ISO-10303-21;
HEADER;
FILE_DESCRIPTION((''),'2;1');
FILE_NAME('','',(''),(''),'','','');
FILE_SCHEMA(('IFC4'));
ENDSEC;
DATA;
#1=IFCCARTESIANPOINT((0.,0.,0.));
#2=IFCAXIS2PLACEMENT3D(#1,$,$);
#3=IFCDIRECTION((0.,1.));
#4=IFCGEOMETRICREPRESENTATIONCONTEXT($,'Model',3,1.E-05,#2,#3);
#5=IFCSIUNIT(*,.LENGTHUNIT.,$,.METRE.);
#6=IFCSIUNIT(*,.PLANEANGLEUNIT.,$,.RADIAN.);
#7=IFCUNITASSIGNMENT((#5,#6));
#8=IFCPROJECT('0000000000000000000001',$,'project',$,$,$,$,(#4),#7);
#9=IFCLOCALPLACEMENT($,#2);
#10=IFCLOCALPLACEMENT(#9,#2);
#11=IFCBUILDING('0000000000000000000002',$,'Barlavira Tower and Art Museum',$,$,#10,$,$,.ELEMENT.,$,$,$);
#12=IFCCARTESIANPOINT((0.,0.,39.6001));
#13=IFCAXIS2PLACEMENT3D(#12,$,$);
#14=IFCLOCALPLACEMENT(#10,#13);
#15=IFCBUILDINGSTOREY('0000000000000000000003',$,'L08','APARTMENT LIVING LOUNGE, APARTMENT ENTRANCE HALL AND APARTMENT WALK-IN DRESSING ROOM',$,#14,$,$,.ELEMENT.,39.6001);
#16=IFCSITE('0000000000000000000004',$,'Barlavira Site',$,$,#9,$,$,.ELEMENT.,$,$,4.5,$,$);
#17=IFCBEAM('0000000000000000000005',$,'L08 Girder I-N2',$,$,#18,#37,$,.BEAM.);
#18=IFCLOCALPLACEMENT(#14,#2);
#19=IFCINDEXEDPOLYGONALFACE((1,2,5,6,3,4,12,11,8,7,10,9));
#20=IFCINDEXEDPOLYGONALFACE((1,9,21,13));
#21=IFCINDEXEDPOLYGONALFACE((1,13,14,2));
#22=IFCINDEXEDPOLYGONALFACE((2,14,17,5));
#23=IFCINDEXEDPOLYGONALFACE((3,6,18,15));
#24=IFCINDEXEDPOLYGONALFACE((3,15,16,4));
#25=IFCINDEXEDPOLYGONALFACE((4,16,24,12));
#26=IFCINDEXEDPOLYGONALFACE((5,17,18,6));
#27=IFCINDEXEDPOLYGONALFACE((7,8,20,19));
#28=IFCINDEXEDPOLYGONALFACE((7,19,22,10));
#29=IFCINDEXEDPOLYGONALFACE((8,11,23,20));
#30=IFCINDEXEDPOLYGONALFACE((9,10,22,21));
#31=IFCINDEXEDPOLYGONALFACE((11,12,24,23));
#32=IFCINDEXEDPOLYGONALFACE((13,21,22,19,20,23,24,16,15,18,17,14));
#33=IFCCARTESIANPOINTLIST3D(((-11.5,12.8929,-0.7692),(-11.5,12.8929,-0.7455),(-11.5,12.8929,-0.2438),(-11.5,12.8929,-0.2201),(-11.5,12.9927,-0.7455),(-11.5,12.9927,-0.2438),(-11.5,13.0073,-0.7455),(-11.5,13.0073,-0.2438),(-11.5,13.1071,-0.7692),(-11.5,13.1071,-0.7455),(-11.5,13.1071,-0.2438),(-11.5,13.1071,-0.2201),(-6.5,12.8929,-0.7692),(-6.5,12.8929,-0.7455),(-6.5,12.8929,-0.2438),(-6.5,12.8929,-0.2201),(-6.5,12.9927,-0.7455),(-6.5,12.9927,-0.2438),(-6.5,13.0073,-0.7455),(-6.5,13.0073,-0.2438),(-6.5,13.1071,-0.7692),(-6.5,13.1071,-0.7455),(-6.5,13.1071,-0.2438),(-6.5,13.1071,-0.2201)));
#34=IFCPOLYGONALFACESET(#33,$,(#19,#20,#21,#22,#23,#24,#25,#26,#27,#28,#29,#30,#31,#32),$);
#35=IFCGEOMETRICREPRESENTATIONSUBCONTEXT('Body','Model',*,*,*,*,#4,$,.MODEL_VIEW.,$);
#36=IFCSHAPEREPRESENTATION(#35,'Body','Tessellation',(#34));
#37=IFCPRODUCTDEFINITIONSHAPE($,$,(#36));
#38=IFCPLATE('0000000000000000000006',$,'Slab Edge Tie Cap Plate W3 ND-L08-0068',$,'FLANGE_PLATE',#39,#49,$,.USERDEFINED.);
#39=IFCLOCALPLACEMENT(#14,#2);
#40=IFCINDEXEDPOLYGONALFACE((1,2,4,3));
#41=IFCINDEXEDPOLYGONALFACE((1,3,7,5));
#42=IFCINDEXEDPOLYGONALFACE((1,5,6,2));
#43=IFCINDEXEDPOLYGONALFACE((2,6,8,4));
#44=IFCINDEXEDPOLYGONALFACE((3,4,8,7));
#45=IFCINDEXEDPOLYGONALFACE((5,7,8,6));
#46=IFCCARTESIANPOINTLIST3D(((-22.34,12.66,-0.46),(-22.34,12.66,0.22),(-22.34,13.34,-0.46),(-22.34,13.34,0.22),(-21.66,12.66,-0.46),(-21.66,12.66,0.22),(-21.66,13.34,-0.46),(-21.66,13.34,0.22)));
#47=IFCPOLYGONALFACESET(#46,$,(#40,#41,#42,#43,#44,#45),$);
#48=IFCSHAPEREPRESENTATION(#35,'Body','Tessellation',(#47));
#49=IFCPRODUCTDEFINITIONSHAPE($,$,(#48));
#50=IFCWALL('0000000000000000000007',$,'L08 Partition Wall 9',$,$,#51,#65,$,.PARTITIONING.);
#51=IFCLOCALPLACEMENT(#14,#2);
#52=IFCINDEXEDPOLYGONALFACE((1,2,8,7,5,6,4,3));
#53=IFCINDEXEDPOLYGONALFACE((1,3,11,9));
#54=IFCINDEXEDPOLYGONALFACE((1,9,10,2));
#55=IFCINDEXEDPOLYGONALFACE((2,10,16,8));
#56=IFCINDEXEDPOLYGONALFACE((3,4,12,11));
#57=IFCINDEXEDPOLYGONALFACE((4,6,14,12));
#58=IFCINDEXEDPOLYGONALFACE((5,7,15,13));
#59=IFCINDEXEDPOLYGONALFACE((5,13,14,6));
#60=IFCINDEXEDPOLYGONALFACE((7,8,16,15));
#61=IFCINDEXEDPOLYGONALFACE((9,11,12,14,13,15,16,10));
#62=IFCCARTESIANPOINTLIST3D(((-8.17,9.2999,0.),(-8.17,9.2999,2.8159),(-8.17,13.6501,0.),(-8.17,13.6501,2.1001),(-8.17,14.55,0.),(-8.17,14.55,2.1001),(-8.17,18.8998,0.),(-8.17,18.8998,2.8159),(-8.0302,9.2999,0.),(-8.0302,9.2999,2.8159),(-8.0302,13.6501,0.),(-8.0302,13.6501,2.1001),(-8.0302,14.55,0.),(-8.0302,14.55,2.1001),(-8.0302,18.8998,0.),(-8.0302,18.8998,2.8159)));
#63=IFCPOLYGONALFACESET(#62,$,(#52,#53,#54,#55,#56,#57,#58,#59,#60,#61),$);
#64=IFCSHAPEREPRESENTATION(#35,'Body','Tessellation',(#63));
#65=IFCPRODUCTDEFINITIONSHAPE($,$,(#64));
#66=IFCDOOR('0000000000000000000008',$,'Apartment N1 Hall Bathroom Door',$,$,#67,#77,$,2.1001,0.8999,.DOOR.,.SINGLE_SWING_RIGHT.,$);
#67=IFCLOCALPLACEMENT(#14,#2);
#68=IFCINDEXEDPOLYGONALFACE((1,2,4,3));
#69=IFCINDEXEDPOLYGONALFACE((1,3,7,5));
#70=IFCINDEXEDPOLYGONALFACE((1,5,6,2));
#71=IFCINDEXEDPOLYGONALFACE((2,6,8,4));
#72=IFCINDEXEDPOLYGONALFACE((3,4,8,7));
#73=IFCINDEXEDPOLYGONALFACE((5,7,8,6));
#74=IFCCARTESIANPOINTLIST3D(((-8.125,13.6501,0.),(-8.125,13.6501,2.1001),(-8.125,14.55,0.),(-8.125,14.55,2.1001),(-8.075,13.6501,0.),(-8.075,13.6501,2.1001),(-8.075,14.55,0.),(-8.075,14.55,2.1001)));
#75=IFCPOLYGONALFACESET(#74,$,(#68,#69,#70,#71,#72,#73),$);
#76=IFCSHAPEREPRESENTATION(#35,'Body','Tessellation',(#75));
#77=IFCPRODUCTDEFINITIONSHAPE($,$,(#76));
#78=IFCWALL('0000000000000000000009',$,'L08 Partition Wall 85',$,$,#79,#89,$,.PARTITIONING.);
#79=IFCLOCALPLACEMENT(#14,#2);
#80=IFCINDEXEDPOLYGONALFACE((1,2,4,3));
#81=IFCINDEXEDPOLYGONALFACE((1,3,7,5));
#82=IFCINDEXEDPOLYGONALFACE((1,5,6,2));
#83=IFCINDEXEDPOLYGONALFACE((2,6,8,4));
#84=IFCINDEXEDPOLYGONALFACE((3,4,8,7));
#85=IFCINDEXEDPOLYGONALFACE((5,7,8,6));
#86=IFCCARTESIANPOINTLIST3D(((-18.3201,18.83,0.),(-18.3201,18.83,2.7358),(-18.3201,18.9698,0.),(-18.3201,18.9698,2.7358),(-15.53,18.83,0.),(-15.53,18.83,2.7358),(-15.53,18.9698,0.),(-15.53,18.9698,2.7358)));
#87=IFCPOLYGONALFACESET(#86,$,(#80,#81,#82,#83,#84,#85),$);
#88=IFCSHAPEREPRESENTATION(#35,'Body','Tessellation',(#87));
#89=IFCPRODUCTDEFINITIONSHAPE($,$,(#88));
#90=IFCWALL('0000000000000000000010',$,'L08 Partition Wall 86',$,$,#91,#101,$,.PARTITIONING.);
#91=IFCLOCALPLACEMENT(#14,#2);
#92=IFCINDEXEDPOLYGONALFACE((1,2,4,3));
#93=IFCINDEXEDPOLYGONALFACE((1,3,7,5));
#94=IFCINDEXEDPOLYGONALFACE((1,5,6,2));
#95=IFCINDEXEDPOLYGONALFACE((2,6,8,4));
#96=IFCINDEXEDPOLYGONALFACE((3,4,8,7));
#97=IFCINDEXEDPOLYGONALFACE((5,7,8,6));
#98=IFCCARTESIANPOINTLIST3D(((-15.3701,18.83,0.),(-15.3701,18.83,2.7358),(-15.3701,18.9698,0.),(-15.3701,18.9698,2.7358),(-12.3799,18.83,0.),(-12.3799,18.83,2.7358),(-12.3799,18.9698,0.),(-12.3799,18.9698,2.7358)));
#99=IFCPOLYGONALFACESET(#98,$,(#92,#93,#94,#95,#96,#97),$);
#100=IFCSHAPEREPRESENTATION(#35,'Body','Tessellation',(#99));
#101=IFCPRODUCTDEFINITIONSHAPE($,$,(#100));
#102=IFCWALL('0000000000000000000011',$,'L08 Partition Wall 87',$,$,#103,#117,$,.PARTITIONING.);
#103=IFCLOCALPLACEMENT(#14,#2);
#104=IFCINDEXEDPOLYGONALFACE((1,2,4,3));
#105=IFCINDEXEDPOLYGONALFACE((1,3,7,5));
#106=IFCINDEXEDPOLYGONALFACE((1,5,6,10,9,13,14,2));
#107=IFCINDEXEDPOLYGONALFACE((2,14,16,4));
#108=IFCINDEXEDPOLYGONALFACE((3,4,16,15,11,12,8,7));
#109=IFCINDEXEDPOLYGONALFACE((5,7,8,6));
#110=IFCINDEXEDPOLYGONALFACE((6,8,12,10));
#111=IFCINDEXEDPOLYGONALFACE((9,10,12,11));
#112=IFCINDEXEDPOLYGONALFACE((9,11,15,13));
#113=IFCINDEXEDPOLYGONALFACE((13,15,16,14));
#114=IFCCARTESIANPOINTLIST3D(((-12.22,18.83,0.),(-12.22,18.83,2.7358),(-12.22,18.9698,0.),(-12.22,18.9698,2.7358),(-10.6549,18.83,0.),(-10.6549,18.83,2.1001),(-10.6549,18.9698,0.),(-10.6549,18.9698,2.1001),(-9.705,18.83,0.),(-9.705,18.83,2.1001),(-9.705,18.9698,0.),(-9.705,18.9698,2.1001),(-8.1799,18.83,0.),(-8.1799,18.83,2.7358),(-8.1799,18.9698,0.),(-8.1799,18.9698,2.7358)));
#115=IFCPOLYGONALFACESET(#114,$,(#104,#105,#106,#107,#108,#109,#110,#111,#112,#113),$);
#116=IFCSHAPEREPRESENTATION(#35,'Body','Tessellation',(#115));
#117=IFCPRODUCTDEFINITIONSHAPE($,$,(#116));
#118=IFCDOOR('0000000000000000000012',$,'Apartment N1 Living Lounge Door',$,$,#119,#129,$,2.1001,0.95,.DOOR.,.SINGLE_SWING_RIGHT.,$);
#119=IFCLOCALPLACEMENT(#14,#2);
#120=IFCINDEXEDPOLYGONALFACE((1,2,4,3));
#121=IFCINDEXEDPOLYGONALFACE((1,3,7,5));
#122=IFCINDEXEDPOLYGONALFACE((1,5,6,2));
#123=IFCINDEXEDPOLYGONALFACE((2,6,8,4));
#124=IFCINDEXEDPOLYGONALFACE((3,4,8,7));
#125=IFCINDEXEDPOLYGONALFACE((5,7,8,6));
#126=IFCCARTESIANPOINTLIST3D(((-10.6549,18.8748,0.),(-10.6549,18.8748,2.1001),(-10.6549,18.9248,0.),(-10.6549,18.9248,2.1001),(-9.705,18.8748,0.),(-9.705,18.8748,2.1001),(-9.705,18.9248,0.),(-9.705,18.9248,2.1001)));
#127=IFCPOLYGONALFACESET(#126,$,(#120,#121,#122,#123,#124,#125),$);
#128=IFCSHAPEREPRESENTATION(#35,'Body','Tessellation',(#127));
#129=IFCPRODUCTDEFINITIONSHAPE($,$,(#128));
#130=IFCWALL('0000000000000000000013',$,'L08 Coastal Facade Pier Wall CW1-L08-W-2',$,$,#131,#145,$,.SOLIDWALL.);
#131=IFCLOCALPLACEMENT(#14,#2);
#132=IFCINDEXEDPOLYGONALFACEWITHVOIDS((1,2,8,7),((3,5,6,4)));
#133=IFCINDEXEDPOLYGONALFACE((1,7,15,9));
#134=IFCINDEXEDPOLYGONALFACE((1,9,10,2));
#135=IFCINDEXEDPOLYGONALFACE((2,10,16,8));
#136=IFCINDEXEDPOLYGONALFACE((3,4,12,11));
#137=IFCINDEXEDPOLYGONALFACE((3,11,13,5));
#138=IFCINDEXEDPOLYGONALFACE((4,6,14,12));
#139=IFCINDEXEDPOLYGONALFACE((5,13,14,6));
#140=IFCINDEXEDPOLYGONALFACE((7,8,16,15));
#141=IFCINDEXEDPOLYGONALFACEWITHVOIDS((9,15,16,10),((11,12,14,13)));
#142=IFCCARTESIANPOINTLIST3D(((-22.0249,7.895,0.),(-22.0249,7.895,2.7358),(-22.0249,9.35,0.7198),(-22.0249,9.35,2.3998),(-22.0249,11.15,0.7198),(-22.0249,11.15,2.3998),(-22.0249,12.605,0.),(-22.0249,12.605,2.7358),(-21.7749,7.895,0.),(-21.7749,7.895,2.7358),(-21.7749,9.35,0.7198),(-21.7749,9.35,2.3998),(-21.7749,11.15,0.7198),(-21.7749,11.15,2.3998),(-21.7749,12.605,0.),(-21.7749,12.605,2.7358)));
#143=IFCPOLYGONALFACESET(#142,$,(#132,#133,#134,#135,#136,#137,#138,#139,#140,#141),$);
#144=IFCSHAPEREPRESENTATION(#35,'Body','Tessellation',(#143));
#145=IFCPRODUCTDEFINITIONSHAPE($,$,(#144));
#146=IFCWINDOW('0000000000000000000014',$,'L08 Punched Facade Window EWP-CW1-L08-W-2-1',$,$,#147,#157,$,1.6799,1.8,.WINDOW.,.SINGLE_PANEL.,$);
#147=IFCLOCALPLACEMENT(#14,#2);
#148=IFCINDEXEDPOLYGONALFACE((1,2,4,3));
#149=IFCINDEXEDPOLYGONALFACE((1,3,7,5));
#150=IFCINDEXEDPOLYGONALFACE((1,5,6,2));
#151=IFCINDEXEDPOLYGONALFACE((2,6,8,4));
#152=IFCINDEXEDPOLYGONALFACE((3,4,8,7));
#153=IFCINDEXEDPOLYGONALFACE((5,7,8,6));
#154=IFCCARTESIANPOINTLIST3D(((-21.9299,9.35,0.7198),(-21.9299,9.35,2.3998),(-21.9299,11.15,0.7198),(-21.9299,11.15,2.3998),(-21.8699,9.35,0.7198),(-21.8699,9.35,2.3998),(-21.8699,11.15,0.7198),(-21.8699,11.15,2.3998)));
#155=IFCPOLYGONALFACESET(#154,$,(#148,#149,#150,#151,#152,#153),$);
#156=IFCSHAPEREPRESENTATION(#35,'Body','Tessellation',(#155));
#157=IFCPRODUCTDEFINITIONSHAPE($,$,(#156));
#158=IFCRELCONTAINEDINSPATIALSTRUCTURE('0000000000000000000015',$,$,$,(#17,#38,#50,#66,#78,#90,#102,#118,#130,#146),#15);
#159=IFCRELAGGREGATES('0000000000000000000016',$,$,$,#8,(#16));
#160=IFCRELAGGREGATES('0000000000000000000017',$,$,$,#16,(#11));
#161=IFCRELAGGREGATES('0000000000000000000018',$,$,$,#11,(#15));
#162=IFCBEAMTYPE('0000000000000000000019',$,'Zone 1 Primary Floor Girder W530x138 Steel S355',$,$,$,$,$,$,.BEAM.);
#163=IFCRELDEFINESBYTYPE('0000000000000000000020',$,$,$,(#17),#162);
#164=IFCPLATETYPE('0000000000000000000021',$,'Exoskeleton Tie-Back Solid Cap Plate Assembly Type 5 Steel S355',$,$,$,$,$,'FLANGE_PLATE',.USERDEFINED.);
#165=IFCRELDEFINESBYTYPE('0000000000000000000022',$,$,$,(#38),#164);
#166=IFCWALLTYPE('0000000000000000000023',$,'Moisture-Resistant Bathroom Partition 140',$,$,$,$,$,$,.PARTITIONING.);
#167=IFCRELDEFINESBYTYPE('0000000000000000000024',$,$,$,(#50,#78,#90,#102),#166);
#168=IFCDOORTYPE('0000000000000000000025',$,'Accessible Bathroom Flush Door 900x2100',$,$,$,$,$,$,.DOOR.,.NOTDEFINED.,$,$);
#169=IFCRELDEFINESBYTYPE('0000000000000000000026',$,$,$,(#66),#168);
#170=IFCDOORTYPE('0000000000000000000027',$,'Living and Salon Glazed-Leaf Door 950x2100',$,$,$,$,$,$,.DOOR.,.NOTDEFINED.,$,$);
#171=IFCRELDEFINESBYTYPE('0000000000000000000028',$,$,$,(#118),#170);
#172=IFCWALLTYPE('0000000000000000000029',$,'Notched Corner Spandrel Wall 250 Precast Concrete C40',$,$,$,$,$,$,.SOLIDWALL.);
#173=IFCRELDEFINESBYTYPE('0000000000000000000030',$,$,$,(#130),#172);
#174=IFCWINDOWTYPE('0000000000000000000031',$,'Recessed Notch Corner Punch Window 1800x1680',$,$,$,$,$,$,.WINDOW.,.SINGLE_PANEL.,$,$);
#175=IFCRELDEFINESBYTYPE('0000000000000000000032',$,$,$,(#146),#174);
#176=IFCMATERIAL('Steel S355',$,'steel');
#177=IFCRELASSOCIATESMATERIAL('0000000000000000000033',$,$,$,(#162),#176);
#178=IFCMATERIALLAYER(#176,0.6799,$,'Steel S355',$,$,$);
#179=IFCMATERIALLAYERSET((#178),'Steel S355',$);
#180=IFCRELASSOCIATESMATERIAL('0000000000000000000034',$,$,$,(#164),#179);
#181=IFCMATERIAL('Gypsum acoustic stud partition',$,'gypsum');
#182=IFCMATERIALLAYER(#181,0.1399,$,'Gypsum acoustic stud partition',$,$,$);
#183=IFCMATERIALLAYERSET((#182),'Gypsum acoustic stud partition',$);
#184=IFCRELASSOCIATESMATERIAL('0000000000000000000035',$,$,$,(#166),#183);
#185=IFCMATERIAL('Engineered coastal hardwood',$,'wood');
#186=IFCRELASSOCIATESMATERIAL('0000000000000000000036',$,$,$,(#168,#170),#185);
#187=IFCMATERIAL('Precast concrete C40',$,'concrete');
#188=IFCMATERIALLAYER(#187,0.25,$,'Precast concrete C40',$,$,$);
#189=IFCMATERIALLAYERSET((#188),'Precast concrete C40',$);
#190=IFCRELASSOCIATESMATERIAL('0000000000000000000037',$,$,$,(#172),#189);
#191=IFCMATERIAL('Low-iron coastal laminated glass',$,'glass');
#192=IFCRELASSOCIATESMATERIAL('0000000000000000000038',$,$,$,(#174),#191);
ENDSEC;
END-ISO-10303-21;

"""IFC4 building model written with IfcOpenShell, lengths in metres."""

from ifc_helpers import new_model, si_unit, direction, frame, frame_2d, origin, origin_2d, place, context, subcontext, project, spatial, rectangle, i_section, extrude, material, layer, layer_set, material_profile, profile_set, type_object, element, fill, save


model = new_model("IFC4")

# Units and contexts
model_context = context("Model", 3, precision=1e-05, world=origin(), true_north=direction((0.0, 1.0)))
body_context = subcontext(model_context, "Body", "Model", "MODEL_VIEW")
ifc_project = project(units=[si_unit("LENGTHUNIT", "METRE"), si_unit("PLANEANGLEUNIT", "RADIAN")], contexts=[model_context])

# Site, building, storey
site_placement = place(None, origin())
site = spatial("IfcSite", under=ifc_project, at=site_placement, Name="Barlavira Site", CompositionType="ELEMENT", RefElevation=4.5)
building_placement = place(site_placement, origin())
building = spatial("IfcBuilding", under=site, at=building_placement, Name="Barlavira Tower and Art Museum", CompositionType="ELEMENT")
storey_placement = place(building_placement, frame((0.0, 0.0, 39.6001)))
storey = spatial("IfcBuildingStorey", under=building, at=storey_placement, Name="L08", Description="APARTMENT LIVING LOUNGE, APARTMENT ENTRANCE HALL AND APARTMENT WALK-IN DRESSING ROOM", CompositionType="ELEMENT", Elevation=39.6001)

# Shared definitions
ifc_material_1 = material(Name="Steel S355", Category="steel")

# Beam
ifc_material_profile_1 = material_profile(ifc_material_1, i_section(OverallWidth=0.2141, OverallDepth=0.5491, WebThickness=0.0146, FlangeThickness=0.0237, at=origin_2d()), Name="W530x138.0")
ifc_profile_set_1 = profile_set([ifc_material_profile_1], Name="Steel S355")
beam_type = type_object("IfcBeamType", Name="Zone 1 Primary Floor Girder W530x138 Steel S355", PredefinedType="BEAM", material=ifc_profile_set_1)
beam_1_placement = place(storey_placement, frame((-11.5, 13.0, -0.4946), z_axis=(1.0, 0.0, 0.0), x_axis=(0.0, 1.0, 0.0)))
element("IfcBeam", 1, at=beam_1_placement, inside=storey, type_object=beam_type, Name="L08 Girder I-N2", PredefinedType="BEAM", context=body_context, shape_type="SweptSolid", body=[
    extrude(i_section(OverallWidth=0.2141, OverallDepth=0.5491, WebThickness=0.0146, FlangeThickness=0.0237, at=origin_2d()), origin(), (0.0, 0.0, 1.0), 5.0),
])

# Plate
ifc_layer_1 = layer(ifc_material_1, 0.6799, Name="Steel S355")
ifc_layer_set_1 = layer_set([ifc_layer_1], Name="Steel S355")
plate_type = type_object("IfcPlateType", Name="Exoskeleton Tie-Back Solid Cap Plate Assembly Type 5 Steel S355", ElementType="FLANGE_PLATE", PredefinedType="USERDEFINED", material=ifc_layer_set_1)
plate_placement = place(storey_placement, frame((-22.0, 13.0, -0.46), z_axis=(0.0, 0.0, 1.0), x_axis=(1.0, 0.0, 0.0)))
element("IfcPlate", 2, at=plate_placement, inside=storey, type_object=plate_type, Name="Slab Edge Tie Cap Plate W3 ND-L08-0068", ObjectType="FLANGE_PLATE", PredefinedType="USERDEFINED", context=body_context, shape_type="SweptSolid", body=[
    extrude(rectangle(XDim=0.6799, YDim=0.6799, at=origin_2d()), origin(), (0.0, 0.0, 1.0), 0.6799),
])

# Wall, opening, door
ifc_material_2 = material(Name="Gypsum acoustic stud partition", Category="gypsum")
ifc_layer_2 = layer(ifc_material_2, 0.1399, Name="Gypsum acoustic stud partition")
ifc_layer_set_2 = layer_set([ifc_layer_2], Name="Gypsum acoustic stud partition")
wall_type_1 = type_object("IfcWallType", Name="Moisture-Resistant Bathroom Partition 140", PredefinedType="PARTITIONING", material=ifc_layer_set_2)
wall_1_placement = place(storey_placement, frame((-8.1001, 9.3, 0.0), z_axis=(0.0, 0.0, 1.0), x_axis=(0.0, 1.0, 0.0)))
wall_1 = element("IfcWall", 3, at=wall_1_placement, inside=storey, type_object=wall_type_1, Name="L08 Partition Wall 9", PredefinedType="PARTITIONING", context=body_context, shape_type="SweptSolid", body=[
    extrude(rectangle(XDim=9.5999, YDim=0.1399, at=frame_2d((4.7998, 0.0))), origin(), (0.0, 0.0, 1.0), 2.8159),
])
opening_1_placement = place(wall_1_placement, frame((4.3501, 0.0, 0.0)))
opening_1 = element("IfcOpeningElement", 4, at=opening_1_placement, cuts=wall_1, PredefinedType="OPENING", context=body_context, shape_type="SweptSolid", body=[
    extrude(rectangle(XDim=0.8999, YDim=2.1001, at=frame_2d((0.45, 1.05))), frame((0.0, 0.0801, 0.0), z_axis=(0.0, -1.0, 0.0), x_axis=(1.0, 0.0, 0.0)), (0.0, 0.0, 1.0), 0.1599),
])
ifc_material_3 = material(Name="Engineered coastal hardwood", Category="wood")
door_type_1 = type_object("IfcDoorType", Name="Accessible Bathroom Flush Door 900x2100", OperationType="NOTDEFINED", PredefinedType="DOOR", material=ifc_material_3)
door_1_placement = place(opening_1_placement, origin())
door_1 = element("IfcDoor", 5, at=door_1_placement, inside=storey, type_object=door_type_1, Name="Apartment N1 Hall Bathroom Door", OperationType="SINGLE_SWING_RIGHT", OverallHeight=2.1001, OverallWidth=0.8999, PredefinedType="DOOR", context=body_context, shape_type="SweptSolid", body=[
    extrude(rectangle(XDim=0.8999, YDim=2.1001, at=frame_2d((0.45, 1.05))), frame((0.0, 0.0249, 0.0), z_axis=(0.0, -1.0, 0.0), x_axis=(1.0, 0.0, 0.0)), (0.0, 0.0, 1.0), 0.05),
])
fill(opening_1, door_1)

# Walls
wall_2_placement = place(storey_placement, frame((-18.3201, 18.8999, 0.0), z_axis=(0.0, 0.0, 1.0), x_axis=(1.0, 0.0, 0.0)))
element("IfcWall", 6, at=wall_2_placement, inside=storey, type_object=wall_type_1, Name="L08 Partition Wall 85", PredefinedType="PARTITIONING", context=body_context, shape_type="SweptSolid", body=[
    extrude(rectangle(XDim=2.79, YDim=0.1399, at=frame_2d((1.395, 0.0))), origin(), (0.0, 0.0, 1.0), 2.7358),
])
wall_3_placement = place(storey_placement, frame((-15.3701, 18.8999, 0.0), z_axis=(0.0, 0.0, 1.0), x_axis=(1.0, 0.0, 0.0)))
element("IfcWall", 7, at=wall_3_placement, inside=storey, type_object=wall_type_1, Name="L08 Partition Wall 86", PredefinedType="PARTITIONING", context=body_context, shape_type="SweptSolid", body=[
    extrude(rectangle(XDim=2.9902, YDim=0.1399, at=frame_2d((1.4951, 0.0))), origin(), (0.0, 0.0, 1.0), 2.7358),
])

# Wall, opening, door
wall_4_placement = place(storey_placement, frame((-12.22, 18.8999, 0.0), z_axis=(0.0, 0.0, 1.0), x_axis=(1.0, 0.0, 0.0)))
wall_4 = element("IfcWall", 8, at=wall_4_placement, inside=storey, type_object=wall_type_1, Name="L08 Partition Wall 87", PredefinedType="PARTITIONING", context=body_context, shape_type="SweptSolid", body=[
    extrude(rectangle(XDim=4.04, YDim=0.1399, at=frame_2d((2.02, 0.0))), origin(), (0.0, 0.0, 1.0), 2.7358),
])
opening_2_placement = place(wall_4_placement, frame((1.5649, 0.0, 0.0)))
opening_2 = element("IfcOpeningElement", 9, at=opening_2_placement, cuts=wall_4, PredefinedType="OPENING", context=body_context, shape_type="SweptSolid", body=[
    extrude(rectangle(XDim=0.95, YDim=2.1001, at=frame_2d((0.4751, 1.05))), frame((0.0, 0.0801, 0.0), z_axis=(0.0, -1.0, 0.0), x_axis=(1.0, 0.0, 0.0)), (0.0, 0.0, 1.0), 0.1599),
])
door_type_2 = type_object("IfcDoorType", Name="Living and Salon Glazed-Leaf Door 950x2100", OperationType="NOTDEFINED", PredefinedType="DOOR", material=ifc_material_3)
door_2_placement = place(opening_2_placement, origin())
door_2 = element("IfcDoor", 10, at=door_2_placement, inside=storey, type_object=door_type_2, Name="Apartment N1 Living Lounge Door", OperationType="SINGLE_SWING_RIGHT", OverallHeight=2.1001, OverallWidth=0.95, PredefinedType="DOOR", context=body_context, shape_type="SweptSolid", body=[
    extrude(rectangle(XDim=0.95, YDim=2.1001, at=frame_2d((0.4751, 1.05))), frame((0.0, 0.0249, 0.0), z_axis=(0.0, -1.0, 0.0), x_axis=(1.0, 0.0, 0.0)), (0.0, 0.0, 1.0), 0.05),
])
fill(opening_2, door_2)

# Wall, opening, window
ifc_material_4 = material(Name="Precast concrete C40", Category="concrete")
ifc_layer_3 = layer(ifc_material_4, 0.25, Name="Precast concrete C40")
ifc_layer_set_3 = layer_set([ifc_layer_3], Name="Precast concrete C40")
wall_type_2 = type_object("IfcWallType", Name="Notched Corner Spandrel Wall 250 Precast Concrete C40", PredefinedType="SOLIDWALL", material=ifc_layer_set_3)
wall_5_placement = place(storey_placement, frame((-21.8999, 12.605, 0.0), z_axis=(0.0, 0.0, 1.0), x_axis=(0.0, -1.0, 0.0)))
wall_5 = element("IfcWall", 11, at=wall_5_placement, inside=storey, type_object=wall_type_2, Name="L08 Coastal Facade Pier Wall CW1-L08-W-2", PredefinedType="SOLIDWALL", context=body_context, shape_type="SweptSolid", body=[
    extrude(rectangle(XDim=4.71, YDim=0.25, at=frame_2d((2.355, 0.0))), origin(), (0.0, 0.0, 1.0), 2.7358),
])
opening_3_placement = place(wall_5_placement, frame((1.4551, 0.0, 0.72)))
opening_3 = element("IfcOpeningElement", 12, at=opening_3_placement, cuts=wall_5, PredefinedType="OPENING", context=body_context, shape_type="SweptSolid", body=[
    extrude(rectangle(XDim=1.8, YDim=1.6799, at=frame_2d((0.8999, 0.8398))), frame((0.0, 0.135, 0.0), z_axis=(0.0, -1.0, 0.0), x_axis=(1.0, 0.0, 0.0)), (0.0, 0.0, 1.0), 0.27),
])
ifc_material_5 = material(Name="Low-iron coastal laminated glass", Category="glass")
window_type = type_object("IfcWindowType", Name="Recessed Notch Corner Punch Window 1800x1680", PartitioningType="SINGLE_PANEL", PredefinedType="WINDOW", material=ifc_material_5)
window_placement = place(opening_3_placement, origin())
window = element("IfcWindow", 13, at=window_placement, inside=storey, type_object=window_type, Name="L08 Punched Facade Window EWP-CW1-L08-W-2-1", OverallHeight=1.6799, OverallWidth=1.8, PartitioningType="SINGLE_PANEL", PredefinedType="WINDOW", context=body_context, shape_type="SweptSolid", body=[
    extrude(rectangle(XDim=1.8, YDim=1.6799, at=frame_2d((0.8999, 0.8398))), frame((0.0, 0.03, 0.0), z_axis=(0.0, -1.0, 0.0), x_axis=(1.0, 0.0, 0.0)), (0.0, 0.0, 1.0), 0.0601),
])
fill(opening_3, window)

save(model, "model.ifc")
